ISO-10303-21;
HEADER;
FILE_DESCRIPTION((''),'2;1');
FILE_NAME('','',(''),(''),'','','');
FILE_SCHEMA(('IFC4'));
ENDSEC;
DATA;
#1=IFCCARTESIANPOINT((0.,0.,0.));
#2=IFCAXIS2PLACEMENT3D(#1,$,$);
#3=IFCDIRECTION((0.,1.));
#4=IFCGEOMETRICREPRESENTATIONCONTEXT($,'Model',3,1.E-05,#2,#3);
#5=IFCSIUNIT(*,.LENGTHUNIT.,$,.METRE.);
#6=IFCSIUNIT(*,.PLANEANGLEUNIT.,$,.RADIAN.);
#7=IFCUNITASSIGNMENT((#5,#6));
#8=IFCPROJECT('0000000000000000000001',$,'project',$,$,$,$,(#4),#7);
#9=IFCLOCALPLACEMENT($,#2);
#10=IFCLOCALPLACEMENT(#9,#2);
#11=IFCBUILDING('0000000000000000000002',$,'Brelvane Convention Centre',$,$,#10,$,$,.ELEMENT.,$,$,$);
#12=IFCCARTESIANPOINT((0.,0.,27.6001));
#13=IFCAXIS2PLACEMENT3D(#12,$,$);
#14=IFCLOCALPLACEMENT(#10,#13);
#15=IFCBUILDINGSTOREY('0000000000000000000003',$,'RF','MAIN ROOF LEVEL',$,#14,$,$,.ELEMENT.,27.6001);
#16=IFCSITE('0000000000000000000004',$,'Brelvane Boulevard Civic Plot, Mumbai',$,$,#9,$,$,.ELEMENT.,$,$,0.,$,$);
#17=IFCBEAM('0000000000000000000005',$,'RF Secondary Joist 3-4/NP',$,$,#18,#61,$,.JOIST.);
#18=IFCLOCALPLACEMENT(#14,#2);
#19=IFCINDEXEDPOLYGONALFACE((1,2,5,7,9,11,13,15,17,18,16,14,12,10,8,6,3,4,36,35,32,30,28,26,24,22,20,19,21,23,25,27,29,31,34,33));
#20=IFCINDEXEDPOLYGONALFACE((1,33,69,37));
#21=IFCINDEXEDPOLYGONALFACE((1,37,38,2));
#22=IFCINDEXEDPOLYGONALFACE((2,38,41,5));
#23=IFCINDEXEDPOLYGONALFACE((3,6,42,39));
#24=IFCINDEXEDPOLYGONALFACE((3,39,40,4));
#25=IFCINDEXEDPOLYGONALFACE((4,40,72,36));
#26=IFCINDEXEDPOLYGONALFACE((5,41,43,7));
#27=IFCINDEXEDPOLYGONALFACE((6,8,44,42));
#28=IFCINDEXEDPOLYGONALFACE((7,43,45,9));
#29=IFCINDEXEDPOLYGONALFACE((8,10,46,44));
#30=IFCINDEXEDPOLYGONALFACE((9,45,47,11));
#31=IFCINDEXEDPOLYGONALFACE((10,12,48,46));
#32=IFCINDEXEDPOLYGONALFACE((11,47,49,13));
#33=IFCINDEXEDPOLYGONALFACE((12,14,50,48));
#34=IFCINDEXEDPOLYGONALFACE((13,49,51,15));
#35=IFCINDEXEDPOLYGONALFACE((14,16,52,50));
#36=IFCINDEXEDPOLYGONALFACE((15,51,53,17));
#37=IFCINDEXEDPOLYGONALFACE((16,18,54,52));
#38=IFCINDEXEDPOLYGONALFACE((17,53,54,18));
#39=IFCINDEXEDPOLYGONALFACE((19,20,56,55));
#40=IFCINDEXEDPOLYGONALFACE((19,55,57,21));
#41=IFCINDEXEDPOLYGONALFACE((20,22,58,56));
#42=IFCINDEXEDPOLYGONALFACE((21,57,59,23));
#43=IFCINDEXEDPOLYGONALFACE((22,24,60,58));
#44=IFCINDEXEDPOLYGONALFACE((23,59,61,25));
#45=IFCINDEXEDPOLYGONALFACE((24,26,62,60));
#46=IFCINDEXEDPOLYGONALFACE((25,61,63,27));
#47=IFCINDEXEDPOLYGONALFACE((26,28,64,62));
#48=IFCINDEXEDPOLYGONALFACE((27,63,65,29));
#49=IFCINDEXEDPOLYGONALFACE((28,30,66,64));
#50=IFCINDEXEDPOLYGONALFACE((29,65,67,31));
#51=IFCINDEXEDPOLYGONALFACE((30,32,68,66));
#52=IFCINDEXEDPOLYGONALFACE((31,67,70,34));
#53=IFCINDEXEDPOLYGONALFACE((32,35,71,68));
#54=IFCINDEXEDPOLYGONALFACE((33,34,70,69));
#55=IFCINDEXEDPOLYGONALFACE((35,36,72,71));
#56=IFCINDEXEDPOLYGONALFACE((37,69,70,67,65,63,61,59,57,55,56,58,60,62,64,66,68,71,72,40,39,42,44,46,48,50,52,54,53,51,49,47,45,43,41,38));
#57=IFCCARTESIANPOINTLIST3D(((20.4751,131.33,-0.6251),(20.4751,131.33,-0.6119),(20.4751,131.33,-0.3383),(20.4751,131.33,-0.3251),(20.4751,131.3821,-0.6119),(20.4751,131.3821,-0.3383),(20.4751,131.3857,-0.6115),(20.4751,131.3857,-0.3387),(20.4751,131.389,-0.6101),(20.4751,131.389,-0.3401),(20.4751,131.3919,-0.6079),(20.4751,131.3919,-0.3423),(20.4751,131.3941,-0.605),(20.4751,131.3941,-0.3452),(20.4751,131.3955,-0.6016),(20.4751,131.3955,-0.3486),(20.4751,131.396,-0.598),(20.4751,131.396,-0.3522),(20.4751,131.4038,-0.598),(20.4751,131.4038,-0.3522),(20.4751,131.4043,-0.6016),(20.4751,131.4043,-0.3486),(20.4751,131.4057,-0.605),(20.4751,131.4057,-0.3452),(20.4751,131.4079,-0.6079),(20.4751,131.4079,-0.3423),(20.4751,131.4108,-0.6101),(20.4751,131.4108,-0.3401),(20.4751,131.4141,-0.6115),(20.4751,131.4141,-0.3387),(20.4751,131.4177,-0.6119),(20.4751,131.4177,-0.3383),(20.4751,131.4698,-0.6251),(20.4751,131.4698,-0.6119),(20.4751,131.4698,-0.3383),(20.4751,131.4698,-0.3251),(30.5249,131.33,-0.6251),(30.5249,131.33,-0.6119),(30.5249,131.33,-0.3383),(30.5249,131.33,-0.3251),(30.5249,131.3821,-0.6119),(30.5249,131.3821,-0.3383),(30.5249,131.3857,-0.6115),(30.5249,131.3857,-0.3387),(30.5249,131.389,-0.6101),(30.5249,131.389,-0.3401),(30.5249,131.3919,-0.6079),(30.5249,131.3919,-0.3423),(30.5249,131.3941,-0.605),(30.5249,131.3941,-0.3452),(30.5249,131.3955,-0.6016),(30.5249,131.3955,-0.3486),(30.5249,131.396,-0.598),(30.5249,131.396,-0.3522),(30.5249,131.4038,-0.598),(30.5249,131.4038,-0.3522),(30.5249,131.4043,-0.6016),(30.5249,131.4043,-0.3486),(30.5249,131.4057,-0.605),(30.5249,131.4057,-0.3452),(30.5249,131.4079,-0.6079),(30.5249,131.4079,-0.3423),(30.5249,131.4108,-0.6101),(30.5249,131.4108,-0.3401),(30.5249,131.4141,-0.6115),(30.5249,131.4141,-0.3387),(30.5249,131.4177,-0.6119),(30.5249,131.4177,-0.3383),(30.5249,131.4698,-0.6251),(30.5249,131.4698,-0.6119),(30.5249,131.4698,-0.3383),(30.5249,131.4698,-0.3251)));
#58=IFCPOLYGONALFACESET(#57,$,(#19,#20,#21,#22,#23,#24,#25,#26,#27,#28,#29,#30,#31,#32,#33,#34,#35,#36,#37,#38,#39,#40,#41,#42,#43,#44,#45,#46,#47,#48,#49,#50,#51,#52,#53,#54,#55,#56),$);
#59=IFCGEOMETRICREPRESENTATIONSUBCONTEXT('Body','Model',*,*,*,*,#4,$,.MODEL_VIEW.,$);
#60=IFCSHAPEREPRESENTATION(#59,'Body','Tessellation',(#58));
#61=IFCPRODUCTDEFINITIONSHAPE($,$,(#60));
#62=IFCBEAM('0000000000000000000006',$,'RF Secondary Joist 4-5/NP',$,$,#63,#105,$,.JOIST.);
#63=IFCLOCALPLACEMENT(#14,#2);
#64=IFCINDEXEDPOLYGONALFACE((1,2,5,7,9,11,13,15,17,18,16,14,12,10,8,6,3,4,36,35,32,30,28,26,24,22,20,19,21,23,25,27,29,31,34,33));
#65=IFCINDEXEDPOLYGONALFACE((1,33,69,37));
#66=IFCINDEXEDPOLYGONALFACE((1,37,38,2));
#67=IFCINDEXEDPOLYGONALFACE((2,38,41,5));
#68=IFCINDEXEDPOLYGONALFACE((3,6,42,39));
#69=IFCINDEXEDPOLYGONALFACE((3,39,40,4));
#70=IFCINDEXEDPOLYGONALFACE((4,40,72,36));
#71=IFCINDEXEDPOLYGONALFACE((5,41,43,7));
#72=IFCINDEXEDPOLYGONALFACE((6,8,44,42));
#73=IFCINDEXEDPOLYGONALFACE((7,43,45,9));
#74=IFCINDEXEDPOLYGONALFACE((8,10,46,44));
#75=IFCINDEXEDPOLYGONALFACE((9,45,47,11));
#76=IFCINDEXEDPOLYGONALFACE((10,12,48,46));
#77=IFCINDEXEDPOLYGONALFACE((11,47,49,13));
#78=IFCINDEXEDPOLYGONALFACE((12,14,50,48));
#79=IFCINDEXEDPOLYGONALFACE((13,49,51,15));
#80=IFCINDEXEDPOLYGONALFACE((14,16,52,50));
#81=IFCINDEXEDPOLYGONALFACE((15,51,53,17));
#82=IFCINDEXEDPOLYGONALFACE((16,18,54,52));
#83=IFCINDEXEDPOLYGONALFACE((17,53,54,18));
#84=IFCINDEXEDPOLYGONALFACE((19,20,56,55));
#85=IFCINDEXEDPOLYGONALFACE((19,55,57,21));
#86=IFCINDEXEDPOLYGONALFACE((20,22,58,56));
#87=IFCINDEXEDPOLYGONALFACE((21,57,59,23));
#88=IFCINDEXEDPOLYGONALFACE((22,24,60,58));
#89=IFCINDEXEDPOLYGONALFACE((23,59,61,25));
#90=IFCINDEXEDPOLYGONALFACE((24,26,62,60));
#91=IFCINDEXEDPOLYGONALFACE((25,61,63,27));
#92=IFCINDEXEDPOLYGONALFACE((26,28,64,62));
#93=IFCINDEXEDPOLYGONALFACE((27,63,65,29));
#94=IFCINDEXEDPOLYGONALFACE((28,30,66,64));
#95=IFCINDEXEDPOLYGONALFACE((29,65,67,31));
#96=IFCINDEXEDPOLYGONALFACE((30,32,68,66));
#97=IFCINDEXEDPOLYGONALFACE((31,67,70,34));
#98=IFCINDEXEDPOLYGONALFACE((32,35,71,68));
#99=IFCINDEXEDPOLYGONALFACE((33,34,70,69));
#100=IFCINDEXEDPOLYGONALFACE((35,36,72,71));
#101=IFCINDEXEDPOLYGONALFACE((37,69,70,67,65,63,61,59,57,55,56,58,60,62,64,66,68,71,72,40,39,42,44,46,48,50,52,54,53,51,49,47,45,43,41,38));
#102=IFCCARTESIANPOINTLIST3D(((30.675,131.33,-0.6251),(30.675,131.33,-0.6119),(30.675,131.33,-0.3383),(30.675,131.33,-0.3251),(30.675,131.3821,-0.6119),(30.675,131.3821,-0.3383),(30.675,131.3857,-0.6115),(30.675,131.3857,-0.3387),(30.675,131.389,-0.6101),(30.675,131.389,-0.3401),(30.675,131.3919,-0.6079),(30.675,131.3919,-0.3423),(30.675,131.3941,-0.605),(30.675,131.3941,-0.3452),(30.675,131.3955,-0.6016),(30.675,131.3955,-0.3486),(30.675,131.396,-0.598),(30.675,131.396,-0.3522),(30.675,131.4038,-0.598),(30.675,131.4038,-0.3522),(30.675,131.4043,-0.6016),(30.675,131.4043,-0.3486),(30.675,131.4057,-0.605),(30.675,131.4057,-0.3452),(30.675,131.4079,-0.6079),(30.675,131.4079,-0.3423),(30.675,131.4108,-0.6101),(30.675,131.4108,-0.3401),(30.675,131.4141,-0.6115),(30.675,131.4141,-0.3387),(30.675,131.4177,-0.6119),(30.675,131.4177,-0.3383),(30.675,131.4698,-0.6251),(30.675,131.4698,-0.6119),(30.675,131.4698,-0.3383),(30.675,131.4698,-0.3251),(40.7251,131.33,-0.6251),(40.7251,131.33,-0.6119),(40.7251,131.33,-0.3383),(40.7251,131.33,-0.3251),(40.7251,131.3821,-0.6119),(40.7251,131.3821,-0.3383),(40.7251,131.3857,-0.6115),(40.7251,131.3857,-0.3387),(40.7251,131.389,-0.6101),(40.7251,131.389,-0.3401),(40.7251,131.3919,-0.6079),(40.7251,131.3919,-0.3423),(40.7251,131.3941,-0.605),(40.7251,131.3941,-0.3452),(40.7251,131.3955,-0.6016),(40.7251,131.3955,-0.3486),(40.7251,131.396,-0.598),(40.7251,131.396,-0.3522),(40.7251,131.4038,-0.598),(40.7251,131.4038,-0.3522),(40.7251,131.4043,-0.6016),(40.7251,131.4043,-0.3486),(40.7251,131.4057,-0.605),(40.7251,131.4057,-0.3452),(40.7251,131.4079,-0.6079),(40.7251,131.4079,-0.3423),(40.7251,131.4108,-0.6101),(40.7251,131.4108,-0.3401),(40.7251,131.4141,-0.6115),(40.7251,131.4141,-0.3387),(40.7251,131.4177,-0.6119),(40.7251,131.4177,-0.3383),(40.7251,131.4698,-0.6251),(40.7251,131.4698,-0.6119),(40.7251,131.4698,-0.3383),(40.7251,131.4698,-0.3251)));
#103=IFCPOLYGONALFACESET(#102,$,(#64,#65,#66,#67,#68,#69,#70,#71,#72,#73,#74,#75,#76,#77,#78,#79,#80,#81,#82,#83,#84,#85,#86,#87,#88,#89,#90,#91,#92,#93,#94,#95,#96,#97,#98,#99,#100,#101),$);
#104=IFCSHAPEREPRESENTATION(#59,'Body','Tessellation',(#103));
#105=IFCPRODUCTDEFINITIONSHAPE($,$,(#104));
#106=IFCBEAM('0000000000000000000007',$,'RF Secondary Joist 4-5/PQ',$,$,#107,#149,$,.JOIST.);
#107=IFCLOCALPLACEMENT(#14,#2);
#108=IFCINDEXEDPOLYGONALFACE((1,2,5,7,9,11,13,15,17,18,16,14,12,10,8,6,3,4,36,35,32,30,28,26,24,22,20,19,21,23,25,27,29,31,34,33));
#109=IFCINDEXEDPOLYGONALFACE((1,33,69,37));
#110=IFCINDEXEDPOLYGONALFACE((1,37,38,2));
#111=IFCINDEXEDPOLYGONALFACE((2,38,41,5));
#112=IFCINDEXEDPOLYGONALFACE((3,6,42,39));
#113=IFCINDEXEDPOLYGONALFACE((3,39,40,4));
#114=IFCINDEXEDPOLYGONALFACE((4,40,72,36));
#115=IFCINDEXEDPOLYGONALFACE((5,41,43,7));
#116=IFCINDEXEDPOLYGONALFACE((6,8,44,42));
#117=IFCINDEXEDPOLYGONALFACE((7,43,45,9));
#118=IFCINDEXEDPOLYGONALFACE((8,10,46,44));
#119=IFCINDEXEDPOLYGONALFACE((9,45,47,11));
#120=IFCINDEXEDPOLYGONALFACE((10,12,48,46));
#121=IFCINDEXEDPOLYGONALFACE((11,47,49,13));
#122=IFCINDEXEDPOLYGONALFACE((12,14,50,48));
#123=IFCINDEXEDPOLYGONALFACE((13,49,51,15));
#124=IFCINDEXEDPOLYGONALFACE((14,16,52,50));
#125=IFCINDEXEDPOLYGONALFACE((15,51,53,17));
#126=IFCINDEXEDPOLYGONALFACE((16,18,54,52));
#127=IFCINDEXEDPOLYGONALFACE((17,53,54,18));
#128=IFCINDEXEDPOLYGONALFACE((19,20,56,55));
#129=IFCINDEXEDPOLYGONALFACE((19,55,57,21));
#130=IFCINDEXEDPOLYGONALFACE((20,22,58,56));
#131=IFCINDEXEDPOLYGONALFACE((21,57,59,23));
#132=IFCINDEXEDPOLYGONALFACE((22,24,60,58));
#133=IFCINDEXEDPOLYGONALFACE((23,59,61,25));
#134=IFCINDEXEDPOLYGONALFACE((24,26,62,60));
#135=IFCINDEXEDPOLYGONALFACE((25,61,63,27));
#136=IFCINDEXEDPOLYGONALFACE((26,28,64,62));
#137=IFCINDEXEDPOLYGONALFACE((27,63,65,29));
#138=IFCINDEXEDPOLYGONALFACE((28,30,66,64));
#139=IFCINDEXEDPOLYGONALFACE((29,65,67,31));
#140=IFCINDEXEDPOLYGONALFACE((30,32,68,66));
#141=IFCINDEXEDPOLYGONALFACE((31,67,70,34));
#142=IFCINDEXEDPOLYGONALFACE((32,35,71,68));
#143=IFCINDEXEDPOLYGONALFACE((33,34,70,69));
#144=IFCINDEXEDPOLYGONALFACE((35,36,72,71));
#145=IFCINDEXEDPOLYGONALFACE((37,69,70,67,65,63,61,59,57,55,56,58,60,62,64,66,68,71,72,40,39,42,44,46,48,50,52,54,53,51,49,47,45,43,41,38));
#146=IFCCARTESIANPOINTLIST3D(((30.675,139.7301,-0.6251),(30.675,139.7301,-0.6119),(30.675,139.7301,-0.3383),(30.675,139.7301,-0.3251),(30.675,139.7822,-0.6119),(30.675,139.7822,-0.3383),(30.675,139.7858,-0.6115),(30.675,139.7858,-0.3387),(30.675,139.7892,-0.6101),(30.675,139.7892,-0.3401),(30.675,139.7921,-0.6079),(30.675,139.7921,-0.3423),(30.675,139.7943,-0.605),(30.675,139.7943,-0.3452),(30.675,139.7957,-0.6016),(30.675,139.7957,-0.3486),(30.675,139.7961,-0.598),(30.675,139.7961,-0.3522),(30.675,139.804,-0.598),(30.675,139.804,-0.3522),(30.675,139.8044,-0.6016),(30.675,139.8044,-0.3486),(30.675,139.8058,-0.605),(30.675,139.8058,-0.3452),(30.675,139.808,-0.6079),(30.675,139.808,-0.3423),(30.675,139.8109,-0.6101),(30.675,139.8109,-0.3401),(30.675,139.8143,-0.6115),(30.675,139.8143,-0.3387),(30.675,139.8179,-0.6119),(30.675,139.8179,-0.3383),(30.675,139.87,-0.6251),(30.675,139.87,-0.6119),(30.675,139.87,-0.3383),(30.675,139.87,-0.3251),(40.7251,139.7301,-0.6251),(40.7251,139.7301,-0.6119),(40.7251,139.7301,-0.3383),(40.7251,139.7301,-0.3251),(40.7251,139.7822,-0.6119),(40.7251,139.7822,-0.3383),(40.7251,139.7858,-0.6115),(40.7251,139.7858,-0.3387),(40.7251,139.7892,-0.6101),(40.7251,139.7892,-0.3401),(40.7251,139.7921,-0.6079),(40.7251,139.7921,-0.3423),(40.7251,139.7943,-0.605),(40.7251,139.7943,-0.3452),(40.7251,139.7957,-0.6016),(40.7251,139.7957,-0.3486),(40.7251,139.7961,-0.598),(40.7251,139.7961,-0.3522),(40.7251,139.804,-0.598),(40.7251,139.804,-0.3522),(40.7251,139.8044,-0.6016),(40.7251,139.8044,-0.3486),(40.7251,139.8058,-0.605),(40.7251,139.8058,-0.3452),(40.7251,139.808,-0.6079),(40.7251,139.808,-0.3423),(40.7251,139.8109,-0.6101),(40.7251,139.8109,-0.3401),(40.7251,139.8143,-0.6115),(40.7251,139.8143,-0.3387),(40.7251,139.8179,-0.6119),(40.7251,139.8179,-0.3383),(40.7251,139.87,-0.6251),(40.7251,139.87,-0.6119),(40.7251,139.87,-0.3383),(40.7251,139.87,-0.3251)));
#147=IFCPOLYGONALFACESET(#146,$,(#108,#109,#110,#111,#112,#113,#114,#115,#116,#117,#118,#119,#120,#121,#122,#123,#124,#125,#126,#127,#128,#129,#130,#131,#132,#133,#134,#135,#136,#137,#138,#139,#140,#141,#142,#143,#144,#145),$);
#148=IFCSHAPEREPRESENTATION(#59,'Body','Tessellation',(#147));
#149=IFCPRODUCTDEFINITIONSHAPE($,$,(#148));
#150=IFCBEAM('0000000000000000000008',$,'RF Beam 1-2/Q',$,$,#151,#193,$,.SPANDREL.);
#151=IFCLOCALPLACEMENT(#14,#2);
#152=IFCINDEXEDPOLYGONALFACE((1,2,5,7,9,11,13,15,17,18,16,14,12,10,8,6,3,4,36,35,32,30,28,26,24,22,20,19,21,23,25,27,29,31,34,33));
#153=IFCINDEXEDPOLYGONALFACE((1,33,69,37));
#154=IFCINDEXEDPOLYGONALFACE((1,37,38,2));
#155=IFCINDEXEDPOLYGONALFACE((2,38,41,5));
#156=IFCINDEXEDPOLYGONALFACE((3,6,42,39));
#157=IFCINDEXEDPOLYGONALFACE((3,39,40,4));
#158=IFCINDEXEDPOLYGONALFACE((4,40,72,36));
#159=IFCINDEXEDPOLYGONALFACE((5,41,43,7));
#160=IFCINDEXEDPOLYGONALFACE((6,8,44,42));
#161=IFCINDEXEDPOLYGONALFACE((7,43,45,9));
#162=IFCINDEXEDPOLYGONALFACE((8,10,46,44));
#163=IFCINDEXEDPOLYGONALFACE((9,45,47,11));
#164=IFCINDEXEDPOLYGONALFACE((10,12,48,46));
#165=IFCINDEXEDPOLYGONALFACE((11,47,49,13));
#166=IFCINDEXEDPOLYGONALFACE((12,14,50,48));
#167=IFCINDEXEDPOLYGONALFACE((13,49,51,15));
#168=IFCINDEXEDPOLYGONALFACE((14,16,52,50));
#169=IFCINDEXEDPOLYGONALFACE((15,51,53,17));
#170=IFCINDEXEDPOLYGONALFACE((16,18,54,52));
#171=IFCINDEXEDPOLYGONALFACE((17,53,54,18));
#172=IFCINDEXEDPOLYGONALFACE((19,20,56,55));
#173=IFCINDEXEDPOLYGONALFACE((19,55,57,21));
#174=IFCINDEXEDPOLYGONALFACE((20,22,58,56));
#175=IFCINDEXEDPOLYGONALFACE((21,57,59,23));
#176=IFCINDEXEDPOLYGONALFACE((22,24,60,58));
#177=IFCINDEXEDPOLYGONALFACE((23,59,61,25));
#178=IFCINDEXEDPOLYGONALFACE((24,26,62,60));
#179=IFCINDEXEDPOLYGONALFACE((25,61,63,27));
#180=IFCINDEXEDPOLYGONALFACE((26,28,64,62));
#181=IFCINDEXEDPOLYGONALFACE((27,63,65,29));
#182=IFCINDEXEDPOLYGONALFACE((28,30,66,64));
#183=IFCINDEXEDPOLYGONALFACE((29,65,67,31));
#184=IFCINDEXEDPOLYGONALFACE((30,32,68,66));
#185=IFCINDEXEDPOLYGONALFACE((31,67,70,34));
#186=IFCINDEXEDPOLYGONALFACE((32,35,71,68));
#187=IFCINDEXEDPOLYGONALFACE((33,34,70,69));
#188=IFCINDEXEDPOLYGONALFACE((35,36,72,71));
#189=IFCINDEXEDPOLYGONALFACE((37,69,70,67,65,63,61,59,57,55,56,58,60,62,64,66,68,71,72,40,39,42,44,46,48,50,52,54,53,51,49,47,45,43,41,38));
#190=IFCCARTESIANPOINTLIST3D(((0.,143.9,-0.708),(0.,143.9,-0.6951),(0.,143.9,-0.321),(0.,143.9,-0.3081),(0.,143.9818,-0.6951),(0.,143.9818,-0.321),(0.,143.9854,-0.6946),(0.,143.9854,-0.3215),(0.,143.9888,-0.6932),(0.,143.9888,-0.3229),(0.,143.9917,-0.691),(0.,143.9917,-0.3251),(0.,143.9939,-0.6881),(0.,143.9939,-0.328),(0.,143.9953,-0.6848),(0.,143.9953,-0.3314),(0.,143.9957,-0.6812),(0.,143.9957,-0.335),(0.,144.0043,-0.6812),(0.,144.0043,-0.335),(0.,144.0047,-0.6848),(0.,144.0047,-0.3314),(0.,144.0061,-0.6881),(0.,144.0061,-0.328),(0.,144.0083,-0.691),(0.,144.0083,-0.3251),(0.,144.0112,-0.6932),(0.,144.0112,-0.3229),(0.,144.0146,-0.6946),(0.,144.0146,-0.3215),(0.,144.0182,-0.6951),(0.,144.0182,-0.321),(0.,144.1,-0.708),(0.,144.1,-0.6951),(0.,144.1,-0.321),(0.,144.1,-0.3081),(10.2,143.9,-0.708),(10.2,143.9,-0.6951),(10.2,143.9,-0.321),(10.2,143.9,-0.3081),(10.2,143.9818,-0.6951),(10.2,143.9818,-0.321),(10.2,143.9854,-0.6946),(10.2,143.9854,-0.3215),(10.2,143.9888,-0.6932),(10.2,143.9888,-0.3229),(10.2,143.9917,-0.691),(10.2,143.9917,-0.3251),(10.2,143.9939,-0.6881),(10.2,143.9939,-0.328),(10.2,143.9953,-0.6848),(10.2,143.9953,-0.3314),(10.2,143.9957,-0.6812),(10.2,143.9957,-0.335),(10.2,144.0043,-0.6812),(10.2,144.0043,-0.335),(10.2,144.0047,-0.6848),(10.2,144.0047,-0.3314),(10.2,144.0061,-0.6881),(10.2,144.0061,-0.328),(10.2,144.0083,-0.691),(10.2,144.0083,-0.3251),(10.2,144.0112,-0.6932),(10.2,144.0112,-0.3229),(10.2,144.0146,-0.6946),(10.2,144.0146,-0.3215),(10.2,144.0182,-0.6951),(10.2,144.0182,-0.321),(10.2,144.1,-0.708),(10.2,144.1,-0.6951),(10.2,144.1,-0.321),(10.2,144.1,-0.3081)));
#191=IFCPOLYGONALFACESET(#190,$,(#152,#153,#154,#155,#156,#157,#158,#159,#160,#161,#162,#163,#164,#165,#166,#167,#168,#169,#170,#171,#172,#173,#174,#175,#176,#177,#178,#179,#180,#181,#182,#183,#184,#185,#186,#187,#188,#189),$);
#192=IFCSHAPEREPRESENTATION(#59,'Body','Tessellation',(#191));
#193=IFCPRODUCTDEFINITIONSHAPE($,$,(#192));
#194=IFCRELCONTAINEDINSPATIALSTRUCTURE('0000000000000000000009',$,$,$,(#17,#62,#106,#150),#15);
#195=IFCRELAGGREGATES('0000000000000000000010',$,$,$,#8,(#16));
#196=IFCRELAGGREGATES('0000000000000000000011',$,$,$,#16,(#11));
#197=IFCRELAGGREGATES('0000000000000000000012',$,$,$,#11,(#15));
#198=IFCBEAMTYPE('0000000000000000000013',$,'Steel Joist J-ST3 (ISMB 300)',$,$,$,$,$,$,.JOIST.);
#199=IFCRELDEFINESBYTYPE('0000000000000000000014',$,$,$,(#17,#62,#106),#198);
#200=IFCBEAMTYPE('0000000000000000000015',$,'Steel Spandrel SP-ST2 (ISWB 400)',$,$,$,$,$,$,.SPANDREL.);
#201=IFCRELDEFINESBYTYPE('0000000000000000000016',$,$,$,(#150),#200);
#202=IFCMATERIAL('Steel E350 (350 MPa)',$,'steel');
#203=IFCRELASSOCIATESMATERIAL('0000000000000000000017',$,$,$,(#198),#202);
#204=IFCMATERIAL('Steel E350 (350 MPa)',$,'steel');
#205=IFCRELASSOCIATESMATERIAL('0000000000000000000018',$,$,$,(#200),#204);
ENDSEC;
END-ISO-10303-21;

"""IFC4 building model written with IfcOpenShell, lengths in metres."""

from ifc_helpers import new_model, si_unit, direction, frame, origin, origin_2d, place, context, subcontext, project, spatial, i_section, extrude, material, material_profile, profile_set, type_object, element, save


model = new_model("IFC4")

# Units and contexts
model_context = context("Model", 3, precision=1e-05, world=origin(), true_north=direction((0.0, 1.0)))
body_context = subcontext(model_context, "Body", "Model", "MODEL_VIEW")
ifc_project = project(units=[si_unit("LENGTHUNIT", "METRE"), si_unit("PLANEANGLEUNIT", "RADIAN")], contexts=[model_context])

# Site, building, storey
site_placement = place(None, origin())
site = spatial("IfcSite", under=ifc_project, at=site_placement, Name="Brelvane Boulevard Civic Plot, Mumbai", CompositionType="ELEMENT", RefElevation=0.0)
building_placement = place(site_placement, origin())
building = spatial("IfcBuilding", under=site, at=building_placement, Name="Brelvane Convention Centre", CompositionType="ELEMENT")
storey_placement = place(building_placement, frame((0.0, 0.0, 27.6001)))
storey = spatial("IfcBuildingStorey", under=building, at=storey_placement, Name="RF", Description="MAIN ROOF LEVEL", CompositionType="ELEMENT", Elevation=27.6001)

# Beams
ifc_material_1 = material(Name="Steel E350 (350 MPa)", Category="steel")
ifc_material_profile_1 = material_profile(ifc_material_1, i_section(OverallWidth=0.1399, OverallDepth=0.3, WebThickness=0.0078, FlangeThickness=0.0132, FilletRadius=0.0139, at=origin_2d()), Name="ISMB 300")
ifc_profile_set_1 = profile_set([ifc_material_profile_1], Name="Steel E350 (350 MPa)")
beam_type_1 = type_object("IfcBeamType", Name="Steel Joist J-ST3 (ISMB 300)", PredefinedType="JOIST", material=ifc_profile_set_1)
beam_1_placement = place(storey_placement, frame((20.4751, 131.3999, -0.4751), z_axis=(1.0, 0.0, 0.0), x_axis=(0.0, 1.0, 0.0)))
element("IfcBeam", 1, at=beam_1_placement, inside=storey, type_object=beam_type_1, Name="RF Secondary Joist 3-4/NP", PredefinedType="JOIST", context=body_context, shape_type="SweptSolid", body=[
    extrude(i_section(OverallWidth=0.1399, OverallDepth=0.3, WebThickness=0.0078, FlangeThickness=0.0132, FilletRadius=0.0139, at=origin_2d()), origin(), (0.0, 0.0, 1.0), 10.0498),
])
for number, where, z_axis, x_axis, name in (
    (2, (30.675, 131.3999, -0.4751), (1.0, 0.0, 0.0), (0.0, 1.0, 0.0), "RF Secondary Joist 4-5/NP"),
    (3, (30.675, 139.8, -0.4751), (1.0, 0.0, 0.0), (0.0, 1.0, 0.0), "RF Secondary Joist 4-5/PQ"),
):
    element("IfcBeam", number, at=place(storey_placement, frame(where, z_axis=z_axis, x_axis=x_axis)), inside=storey, type_object=beam_type_1, Name=name, PredefinedType="JOIST", context=body_context, shape_type="SweptSolid", body=[
        extrude(i_section(OverallWidth=0.1399, OverallDepth=0.3, WebThickness=0.0078, FlangeThickness=0.0132, FilletRadius=0.0139, at=origin_2d()), origin(), (0.0, 0.0, 1.0), 10.05),
    ])
ifc_material_2 = material(Name="Steel E350 (350 MPa)", Category="steel")
ifc_material_profile_2 = material_profile(ifc_material_2, i_section(OverallWidth=0.2, OverallDepth=0.3999, WebThickness=0.0085, FlangeThickness=0.0129, FilletRadius=0.0139, at=origin_2d()), Name="ISWB 400")
ifc_profile_set_2 = profile_set([ifc_material_profile_2], Name="Steel E350 (350 MPa)")
beam_type_2 = type_object("IfcBeamType", Name="Steel Spandrel SP-ST2 (ISWB 400)", PredefinedType="SPANDREL", material=ifc_profile_set_2)
for number, where, z_axis, x_axis, name in (
    (4, (0.0, 144.0, -0.5081), (1.0, 0.0, 0.0), (0.0, 1.0, 0.0), "RF Beam 1-2/Q"),
):
    element("IfcBeam", number, at=place(storey_placement, frame(where, z_axis=z_axis, x_axis=x_axis)), inside=storey, type_object=beam_type_2, Name=name, PredefinedType="SPANDREL", context=body_context, shape_type="SweptSolid", body=[
        extrude(i_section(OverallWidth=0.2, OverallDepth=0.3999, WebThickness=0.0085, FlangeThickness=0.0129, FilletRadius=0.0139, at=origin_2d()), origin(), (0.0, 0.0, 1.0), 10.2),
    ])

save(model, "model.ifc")
